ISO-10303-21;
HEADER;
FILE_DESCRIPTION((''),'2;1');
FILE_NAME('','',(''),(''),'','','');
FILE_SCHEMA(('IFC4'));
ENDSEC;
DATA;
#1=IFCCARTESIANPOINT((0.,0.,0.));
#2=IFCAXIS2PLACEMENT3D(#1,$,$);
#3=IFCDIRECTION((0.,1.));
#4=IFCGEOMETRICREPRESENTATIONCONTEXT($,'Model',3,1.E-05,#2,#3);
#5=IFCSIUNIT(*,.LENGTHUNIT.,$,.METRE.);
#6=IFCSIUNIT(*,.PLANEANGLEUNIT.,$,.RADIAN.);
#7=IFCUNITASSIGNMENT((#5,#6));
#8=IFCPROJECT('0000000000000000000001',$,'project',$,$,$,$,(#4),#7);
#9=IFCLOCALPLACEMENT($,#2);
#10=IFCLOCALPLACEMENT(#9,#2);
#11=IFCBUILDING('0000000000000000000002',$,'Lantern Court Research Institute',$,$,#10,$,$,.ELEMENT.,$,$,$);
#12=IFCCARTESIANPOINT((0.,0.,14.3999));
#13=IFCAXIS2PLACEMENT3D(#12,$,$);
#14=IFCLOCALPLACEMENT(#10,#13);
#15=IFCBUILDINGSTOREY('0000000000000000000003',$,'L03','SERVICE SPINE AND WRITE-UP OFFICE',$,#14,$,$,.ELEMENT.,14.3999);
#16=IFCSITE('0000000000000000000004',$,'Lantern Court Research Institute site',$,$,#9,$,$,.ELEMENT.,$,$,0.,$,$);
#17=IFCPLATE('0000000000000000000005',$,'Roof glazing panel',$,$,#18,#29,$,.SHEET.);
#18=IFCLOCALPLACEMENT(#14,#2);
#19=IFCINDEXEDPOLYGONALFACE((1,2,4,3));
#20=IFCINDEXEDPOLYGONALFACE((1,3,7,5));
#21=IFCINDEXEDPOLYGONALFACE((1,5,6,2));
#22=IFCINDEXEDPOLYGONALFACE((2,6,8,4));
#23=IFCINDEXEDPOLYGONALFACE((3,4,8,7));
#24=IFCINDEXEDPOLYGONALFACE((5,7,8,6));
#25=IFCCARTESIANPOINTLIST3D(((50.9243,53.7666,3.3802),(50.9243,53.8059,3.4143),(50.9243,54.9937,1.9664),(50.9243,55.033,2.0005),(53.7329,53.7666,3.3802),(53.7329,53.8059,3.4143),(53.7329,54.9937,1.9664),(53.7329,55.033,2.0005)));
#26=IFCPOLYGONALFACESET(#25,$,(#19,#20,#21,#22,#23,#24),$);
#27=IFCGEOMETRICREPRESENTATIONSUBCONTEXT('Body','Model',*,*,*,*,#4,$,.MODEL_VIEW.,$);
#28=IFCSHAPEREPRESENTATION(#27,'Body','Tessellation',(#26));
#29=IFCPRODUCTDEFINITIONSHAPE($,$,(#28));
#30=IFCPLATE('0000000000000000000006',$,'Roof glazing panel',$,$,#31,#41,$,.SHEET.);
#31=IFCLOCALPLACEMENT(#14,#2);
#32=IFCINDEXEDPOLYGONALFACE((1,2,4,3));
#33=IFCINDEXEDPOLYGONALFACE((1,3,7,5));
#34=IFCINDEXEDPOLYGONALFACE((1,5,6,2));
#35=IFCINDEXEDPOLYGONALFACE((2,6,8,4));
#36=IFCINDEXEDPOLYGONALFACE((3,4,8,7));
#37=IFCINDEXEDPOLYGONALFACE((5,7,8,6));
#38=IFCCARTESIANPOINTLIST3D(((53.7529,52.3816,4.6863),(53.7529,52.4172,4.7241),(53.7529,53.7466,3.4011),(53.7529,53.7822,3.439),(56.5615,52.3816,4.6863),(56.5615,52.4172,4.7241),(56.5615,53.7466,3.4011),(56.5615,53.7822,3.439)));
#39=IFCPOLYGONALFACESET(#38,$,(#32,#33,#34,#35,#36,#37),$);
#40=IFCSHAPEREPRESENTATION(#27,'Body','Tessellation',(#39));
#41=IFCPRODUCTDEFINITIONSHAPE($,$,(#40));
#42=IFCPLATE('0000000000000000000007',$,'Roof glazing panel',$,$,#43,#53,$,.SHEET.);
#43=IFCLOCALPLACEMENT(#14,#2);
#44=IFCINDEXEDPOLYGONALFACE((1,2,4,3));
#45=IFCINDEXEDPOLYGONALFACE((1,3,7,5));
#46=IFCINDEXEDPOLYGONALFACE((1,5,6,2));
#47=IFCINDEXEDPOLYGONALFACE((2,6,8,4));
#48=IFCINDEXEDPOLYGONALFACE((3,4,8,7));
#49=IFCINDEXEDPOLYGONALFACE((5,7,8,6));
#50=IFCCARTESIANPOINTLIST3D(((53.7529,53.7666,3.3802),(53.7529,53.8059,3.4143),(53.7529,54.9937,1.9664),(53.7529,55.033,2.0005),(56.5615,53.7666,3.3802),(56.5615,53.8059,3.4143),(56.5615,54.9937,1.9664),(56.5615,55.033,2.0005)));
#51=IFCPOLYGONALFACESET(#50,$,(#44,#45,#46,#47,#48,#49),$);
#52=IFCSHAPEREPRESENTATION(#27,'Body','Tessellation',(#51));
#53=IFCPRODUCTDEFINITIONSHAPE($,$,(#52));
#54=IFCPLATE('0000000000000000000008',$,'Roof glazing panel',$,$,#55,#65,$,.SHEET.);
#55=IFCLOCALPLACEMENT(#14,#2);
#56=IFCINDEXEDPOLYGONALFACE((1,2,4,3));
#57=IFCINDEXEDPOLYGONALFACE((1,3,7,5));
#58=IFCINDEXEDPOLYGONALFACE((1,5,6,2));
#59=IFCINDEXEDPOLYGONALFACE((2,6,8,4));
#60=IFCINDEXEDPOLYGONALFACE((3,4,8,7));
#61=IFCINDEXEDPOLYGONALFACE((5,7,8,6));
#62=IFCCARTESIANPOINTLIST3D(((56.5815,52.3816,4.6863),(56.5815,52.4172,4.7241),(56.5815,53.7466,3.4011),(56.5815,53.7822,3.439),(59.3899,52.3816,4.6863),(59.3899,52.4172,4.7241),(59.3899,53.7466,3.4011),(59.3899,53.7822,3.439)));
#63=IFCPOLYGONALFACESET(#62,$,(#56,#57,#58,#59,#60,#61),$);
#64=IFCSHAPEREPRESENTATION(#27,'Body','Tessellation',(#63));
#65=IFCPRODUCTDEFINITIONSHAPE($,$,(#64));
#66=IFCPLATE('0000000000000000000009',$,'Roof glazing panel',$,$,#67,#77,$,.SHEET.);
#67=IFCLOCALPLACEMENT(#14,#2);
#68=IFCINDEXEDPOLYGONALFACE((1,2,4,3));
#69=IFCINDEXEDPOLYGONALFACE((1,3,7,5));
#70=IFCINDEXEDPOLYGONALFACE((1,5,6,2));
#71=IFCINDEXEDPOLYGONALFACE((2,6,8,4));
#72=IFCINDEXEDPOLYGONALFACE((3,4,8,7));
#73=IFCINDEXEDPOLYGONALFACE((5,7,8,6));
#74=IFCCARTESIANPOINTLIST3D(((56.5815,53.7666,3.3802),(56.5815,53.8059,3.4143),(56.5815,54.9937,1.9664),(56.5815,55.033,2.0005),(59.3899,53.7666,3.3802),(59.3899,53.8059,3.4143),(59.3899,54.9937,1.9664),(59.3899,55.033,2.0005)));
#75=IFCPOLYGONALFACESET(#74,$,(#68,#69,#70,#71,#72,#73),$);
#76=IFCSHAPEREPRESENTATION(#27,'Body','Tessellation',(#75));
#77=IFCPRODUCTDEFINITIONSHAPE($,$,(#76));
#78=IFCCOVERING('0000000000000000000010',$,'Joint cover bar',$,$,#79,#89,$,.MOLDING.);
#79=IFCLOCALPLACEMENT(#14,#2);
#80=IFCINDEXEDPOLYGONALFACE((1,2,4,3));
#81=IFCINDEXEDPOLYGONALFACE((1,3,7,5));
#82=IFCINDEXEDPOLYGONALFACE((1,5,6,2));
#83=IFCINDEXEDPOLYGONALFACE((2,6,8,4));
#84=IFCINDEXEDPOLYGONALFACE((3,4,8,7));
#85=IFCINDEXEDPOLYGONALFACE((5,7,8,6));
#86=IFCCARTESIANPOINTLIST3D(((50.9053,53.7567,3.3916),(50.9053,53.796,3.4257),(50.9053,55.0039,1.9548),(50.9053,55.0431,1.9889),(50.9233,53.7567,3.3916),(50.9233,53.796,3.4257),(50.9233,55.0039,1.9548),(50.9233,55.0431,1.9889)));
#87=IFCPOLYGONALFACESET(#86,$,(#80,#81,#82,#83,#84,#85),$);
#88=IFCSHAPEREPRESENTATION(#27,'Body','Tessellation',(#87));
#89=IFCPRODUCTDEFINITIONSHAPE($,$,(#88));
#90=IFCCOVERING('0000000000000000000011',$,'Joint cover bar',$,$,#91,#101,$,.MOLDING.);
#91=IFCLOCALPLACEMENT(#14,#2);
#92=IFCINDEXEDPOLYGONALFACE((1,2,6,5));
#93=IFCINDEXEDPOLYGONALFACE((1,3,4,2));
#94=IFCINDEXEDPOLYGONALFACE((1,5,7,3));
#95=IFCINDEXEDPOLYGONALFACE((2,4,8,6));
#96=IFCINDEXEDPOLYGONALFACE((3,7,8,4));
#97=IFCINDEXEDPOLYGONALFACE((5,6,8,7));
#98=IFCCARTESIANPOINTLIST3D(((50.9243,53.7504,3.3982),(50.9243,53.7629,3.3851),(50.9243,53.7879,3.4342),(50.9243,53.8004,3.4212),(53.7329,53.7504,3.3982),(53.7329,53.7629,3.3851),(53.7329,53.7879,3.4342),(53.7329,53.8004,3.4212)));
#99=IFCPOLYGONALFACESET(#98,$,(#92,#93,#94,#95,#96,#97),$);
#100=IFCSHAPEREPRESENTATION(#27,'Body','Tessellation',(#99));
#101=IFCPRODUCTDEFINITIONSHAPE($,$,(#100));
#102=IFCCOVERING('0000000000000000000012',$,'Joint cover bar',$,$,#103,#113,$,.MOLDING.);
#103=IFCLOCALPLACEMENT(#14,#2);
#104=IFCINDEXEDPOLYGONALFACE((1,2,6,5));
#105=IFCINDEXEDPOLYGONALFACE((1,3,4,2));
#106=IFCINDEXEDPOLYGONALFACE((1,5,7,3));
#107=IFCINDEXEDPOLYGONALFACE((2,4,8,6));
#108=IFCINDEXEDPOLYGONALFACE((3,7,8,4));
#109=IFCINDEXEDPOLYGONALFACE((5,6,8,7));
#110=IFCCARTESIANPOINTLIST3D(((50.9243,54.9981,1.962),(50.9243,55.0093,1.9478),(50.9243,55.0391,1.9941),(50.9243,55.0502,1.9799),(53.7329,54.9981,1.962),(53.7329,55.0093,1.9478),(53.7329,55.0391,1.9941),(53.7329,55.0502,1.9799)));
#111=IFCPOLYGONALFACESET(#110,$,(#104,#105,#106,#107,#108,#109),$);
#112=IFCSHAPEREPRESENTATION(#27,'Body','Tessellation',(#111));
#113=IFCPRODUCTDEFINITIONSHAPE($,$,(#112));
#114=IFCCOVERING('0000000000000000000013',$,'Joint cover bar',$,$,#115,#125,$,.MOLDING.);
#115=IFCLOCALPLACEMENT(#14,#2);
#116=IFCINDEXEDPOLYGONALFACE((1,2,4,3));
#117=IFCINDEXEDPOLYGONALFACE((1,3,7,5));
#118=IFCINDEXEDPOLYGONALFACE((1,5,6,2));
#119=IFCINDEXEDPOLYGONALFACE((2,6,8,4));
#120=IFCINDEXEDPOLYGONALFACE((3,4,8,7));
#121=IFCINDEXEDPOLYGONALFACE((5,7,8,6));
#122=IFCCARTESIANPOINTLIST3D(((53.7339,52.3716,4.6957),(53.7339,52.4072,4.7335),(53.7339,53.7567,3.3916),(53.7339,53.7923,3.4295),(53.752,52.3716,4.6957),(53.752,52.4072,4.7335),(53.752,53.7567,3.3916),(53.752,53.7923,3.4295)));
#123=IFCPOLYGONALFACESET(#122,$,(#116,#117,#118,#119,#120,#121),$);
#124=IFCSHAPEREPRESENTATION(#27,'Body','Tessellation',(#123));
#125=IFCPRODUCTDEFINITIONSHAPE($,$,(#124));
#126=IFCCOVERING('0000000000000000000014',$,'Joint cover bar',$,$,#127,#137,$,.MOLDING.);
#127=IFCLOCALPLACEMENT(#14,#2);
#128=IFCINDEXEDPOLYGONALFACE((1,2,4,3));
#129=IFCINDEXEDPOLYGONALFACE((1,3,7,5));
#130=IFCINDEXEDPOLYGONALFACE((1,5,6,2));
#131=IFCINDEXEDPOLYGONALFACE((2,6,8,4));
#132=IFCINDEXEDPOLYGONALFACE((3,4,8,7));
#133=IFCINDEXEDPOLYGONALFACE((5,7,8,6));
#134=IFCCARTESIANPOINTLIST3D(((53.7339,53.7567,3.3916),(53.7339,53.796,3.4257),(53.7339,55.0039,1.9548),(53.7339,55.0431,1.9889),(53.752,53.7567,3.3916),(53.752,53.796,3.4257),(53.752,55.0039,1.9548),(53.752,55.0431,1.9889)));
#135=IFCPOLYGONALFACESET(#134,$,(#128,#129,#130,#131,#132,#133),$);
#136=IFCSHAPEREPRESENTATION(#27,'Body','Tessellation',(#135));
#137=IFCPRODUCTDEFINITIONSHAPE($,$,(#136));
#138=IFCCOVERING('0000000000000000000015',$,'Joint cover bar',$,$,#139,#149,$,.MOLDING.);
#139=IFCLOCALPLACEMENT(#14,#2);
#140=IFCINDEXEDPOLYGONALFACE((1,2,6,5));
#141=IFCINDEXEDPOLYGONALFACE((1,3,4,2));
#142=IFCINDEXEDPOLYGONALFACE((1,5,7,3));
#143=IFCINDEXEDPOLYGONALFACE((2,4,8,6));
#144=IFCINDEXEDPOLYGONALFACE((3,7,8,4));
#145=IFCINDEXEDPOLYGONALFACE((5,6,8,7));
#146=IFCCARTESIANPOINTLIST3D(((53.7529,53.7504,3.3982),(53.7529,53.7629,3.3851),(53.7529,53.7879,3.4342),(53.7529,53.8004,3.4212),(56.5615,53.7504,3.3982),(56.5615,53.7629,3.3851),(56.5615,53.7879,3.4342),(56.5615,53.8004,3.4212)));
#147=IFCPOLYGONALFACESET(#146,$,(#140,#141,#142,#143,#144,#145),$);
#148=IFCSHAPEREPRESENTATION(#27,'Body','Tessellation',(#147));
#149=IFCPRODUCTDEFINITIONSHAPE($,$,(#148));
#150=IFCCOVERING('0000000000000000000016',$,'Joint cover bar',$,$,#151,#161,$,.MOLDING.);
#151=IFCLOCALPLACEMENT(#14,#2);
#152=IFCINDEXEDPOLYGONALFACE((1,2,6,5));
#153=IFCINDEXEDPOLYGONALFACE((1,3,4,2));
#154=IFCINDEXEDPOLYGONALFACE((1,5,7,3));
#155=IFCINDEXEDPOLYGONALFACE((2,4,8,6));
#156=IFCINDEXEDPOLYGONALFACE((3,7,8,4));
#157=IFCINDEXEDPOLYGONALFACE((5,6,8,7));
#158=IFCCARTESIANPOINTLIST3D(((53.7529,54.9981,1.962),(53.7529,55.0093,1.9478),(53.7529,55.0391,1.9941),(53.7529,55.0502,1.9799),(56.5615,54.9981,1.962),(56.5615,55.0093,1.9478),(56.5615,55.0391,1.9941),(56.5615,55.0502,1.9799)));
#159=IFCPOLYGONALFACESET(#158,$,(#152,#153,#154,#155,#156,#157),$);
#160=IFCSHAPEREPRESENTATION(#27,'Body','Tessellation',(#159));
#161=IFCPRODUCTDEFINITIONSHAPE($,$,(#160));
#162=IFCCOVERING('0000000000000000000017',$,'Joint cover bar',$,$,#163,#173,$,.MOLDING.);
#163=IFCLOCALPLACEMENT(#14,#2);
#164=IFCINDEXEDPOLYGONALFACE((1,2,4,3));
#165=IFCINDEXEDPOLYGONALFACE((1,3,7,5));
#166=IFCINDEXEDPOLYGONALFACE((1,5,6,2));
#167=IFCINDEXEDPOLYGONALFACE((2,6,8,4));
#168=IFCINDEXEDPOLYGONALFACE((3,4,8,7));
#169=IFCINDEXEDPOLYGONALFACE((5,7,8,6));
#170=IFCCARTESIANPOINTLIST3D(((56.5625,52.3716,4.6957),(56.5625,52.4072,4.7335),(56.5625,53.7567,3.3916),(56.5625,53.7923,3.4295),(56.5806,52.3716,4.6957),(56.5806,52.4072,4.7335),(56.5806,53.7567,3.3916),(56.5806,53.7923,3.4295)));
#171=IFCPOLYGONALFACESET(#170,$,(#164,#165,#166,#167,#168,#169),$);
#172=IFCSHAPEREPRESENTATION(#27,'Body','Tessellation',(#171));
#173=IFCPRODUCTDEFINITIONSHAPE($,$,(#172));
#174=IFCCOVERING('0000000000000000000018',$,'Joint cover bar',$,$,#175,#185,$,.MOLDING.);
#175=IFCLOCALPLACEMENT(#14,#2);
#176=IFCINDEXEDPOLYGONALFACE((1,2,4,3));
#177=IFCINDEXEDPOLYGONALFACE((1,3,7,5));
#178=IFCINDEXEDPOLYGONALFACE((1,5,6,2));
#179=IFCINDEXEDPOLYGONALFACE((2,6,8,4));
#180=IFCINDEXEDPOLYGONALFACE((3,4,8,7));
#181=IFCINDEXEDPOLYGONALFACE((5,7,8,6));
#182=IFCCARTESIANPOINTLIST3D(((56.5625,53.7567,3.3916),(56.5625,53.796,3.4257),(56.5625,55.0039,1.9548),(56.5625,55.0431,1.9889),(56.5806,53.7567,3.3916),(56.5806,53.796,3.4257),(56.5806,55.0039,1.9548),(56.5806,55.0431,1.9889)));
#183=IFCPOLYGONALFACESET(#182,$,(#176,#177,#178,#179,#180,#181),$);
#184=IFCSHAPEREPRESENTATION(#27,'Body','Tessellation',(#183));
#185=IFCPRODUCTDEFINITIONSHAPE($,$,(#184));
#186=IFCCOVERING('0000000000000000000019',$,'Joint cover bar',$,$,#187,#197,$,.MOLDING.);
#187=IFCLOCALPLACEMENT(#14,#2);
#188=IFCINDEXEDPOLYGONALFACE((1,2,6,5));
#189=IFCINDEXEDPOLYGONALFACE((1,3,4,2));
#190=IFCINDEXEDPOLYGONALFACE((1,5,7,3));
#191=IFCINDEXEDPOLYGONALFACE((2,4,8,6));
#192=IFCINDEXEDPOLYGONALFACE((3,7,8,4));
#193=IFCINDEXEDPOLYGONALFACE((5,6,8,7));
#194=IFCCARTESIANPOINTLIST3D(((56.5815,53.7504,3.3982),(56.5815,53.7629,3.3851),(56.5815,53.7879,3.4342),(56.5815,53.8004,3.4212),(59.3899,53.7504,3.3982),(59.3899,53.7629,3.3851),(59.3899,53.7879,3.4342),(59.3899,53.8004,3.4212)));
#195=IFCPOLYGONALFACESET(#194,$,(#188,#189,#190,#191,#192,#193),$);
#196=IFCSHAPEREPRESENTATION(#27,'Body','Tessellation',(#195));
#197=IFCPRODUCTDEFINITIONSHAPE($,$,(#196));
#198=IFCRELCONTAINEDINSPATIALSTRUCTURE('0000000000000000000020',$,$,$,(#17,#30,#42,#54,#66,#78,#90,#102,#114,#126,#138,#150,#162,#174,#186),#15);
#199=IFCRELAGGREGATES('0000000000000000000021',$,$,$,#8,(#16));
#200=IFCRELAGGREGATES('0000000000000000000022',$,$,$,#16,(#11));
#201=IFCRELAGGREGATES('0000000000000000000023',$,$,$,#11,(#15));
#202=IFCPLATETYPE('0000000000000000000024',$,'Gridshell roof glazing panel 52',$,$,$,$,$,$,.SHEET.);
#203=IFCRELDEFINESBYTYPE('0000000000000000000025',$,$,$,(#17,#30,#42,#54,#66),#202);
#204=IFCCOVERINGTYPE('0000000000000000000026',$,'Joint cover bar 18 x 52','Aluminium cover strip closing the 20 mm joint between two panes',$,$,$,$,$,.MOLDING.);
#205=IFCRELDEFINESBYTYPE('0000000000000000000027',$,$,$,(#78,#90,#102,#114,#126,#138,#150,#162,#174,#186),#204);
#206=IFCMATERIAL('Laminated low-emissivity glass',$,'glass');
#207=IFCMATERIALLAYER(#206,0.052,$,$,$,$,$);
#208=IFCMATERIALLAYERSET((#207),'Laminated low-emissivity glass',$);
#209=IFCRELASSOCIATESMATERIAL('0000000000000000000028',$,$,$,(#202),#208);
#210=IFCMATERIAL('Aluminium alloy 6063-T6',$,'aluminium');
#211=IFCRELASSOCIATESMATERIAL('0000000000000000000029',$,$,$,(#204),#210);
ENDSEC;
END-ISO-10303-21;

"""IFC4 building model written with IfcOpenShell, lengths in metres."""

from ifc_helpers import new_model, si_unit, direction, frame, origin, origin_2d, place, context, subcontext, project, spatial, polyline, rectangle, outline, extrude, material, layer, layer_set, material_profile, profile_set, type_object, element, save


model = new_model("IFC4")

# Units and contexts
model_context = context("Model", 3, precision=1e-05, world=origin(), true_north=direction((0.0, 1.0)))
body_context = subcontext(model_context, "Body", "Model", "MODEL_VIEW")
ifc_project = project(units=[si_unit("LENGTHUNIT", "METRE"), si_unit("PLANEANGLEUNIT", "RADIAN")], contexts=[model_context])

# Site, building, storey
site_placement = place(None, origin())
site = spatial("IfcSite", under=ifc_project, at=site_placement, Name="Lantern Court Research Institute site", CompositionType="ELEMENT", RefElevation=0.0)
building_placement = place(site_placement, origin())
building = spatial("IfcBuilding", under=site, at=building_placement, Name="Lantern Court Research Institute", CompositionType="ELEMENT")
storey_placement = place(building_placement, frame((0.0, 0.0, 14.3999)))
storey = spatial("IfcBuildingStorey", under=building, at=storey_placement, Name="L03", Description="SERVICE SPINE AND WRITE-UP OFFICE", CompositionType="ELEMENT", Elevation=14.3999)

# Plates
ifc_material_1 = material(Name="Laminated low-emissivity glass", Category="glass")
ifc_layer = layer(ifc_material_1, 0.052)
ifc_layer_set = layer_set([ifc_layer], Name="Laminated low-emissivity glass")
plate_type = type_object("IfcPlateType", Name="Gridshell roof glazing panel 52", PredefinedType="SHEET", material=ifc_layer_set)
plate_1_placement = place(storey_placement, frame((53.7329, 53.8059, 3.4143), z_axis=(0.0, 0.755228, 0.655462), x_axis=(-1.0, 0.0, 0.0)))
element("IfcPlate", 1, at=plate_1_placement, inside=storey, type_object=plate_type, Name="Roof glazing panel", PredefinedType="SHEET", context=body_context, shape_type="SweptSolid", body=[
    extrude(outline(polyline([(0.0, 0.0), (2.8086, 0.0), (2.8086, -1.872), (0.0, -1.872), (0.0, 0.0)])), origin(), (0.0, 0.0, -1.0), 0.052),
])
plate_2_placement = place(storey_placement, frame((56.5615, 52.4172, 4.7241), z_axis=(0.0, 0.685495, 0.728078), x_axis=(-1.0, 0.0, 0.0)))
element("IfcPlate", 2, at=plate_2_placement, inside=storey, type_object=plate_type, Name="Roof glazing panel", PredefinedType="SHEET", context=body_context, shape_type="SweptSolid", body=[
    extrude(outline(polyline([(0.0, 0.0), (2.8086, 0.0), (2.8086, -1.8748), (0.0, -1.8748), (0.0, 0.0)])), origin(), (0.0, 0.0, -1.0), 0.052),
])
plate_3_placement = place(storey_placement, frame((56.5615, 53.8059, 3.4143), z_axis=(0.0, 0.755228, 0.655462), x_axis=(-1.0, 0.0, 0.0)))
element("IfcPlate", 3, at=plate_3_placement, inside=storey, type_object=plate_type, Name="Roof glazing panel", PredefinedType="SHEET", context=body_context, shape_type="SweptSolid", body=[
    extrude(outline(polyline([(0.0, 0.0), (2.8086, 0.0), (2.8086, -1.872), (0.0, -1.872), (0.0, 0.0)])), origin(), (0.0, 0.0, -1.0), 0.052),
])
plate_4_placement = place(storey_placement, frame((59.3899, 52.4172, 4.7241), z_axis=(0.0, 0.685495, 0.728078), x_axis=(-1.0, 0.0, 0.0)))
element("IfcPlate", 4, at=plate_4_placement, inside=storey, type_object=plate_type, Name="Roof glazing panel", PredefinedType="SHEET", context=body_context, shape_type="SweptSolid", body=[
    extrude(outline(polyline([(0.0, 0.0), (2.8083, 0.0), (2.8083, -1.8748), (0.0, -1.8748), (0.0, 0.0)])), origin(), (0.0, 0.0, -1.0), 0.052),
])
plate_5_placement = place(storey_placement, frame((59.3899, 53.8059, 3.4143), z_axis=(0.0, 0.755228, 0.655462), x_axis=(-1.0, 0.0, 0.0)))
element("IfcPlate", 5, at=plate_5_placement, inside=storey, type_object=plate_type, Name="Roof glazing panel", PredefinedType="SHEET", context=body_context, shape_type="SweptSolid", body=[
    extrude(outline(polyline([(0.0, 0.0), (2.8083, 0.0), (2.8083, -1.872), (0.0, -1.872), (0.0, 0.0)])), origin(), (0.0, 0.0, -1.0), 0.052),
])

# Coverings
ifc_material_2 = material(Name="Aluminium alloy 6063-T6", Category="aluminium")
ifc_material_profile_1 = material_profile(ifc_material_2, rectangle(XDim=0.0181, YDim=0.052, at=origin_2d()), Name="Joint cover bar 18 x 52")
ifc_profile_set_1 = profile_set([ifc_material_profile_1], Name="Aluminium alloy 6063-T6")
covering_type = type_object("IfcCoveringType", Name="Joint cover bar 18 x 52", Description="Aluminium cover strip closing the 20 mm joint between two panes", PredefinedType="MOLDING", material=ifc_profile_set_1)
covering_1_placement = place(storey_placement, frame((50.9143, 53.7764, 3.4087), z_axis=(0.0, 0.655492, -0.755202), x_axis=(-1.0, 0.0, 0.0)))
element("IfcCovering", 6, at=covering_1_placement, inside=storey, type_object=covering_type, Name="Joint cover bar", PredefinedType="MOLDING", context=body_context, shape_type="SweptSolid", body=[
    extrude(rectangle(XDim=0.0181, YDim=0.052, at=origin_2d()), origin(), (0.0, 0.0, 1.0), 1.9026),
])
for number, where, z_axis, x_axis, name in (
    (7, (50.9243, 53.7754, 3.4097), (1.0, 0.0, 0.0), (0.0, 0.692674, -0.721251), "Joint cover bar"),
    (8, (50.9243, 55.0242, 1.9709), (1.0, 0.0, 0.0), (0.0, 0.616657, -0.787232), "Joint cover bar"),
):
    element("IfcCovering", number, at=place(storey_placement, frame(where, z_axis=z_axis, x_axis=x_axis)), inside=storey, type_object=covering_type, Name=name, PredefinedType="MOLDING", context=body_context, shape_type="SweptSolid", body=[
        extrude(rectangle(XDim=0.0181, YDim=0.052, at=origin_2d()), origin(), (0.0, 0.0, 1.0), 2.8086),
    ])
covering_2_placement = place(storey_placement, frame((53.7429, 52.3894, 4.7146), z_axis=(0.0, 0.728091, -0.685481), x_axis=(-1.0, 0.0, 0.0)))
element("IfcCovering", 9, at=covering_2_placement, inside=storey, type_object=covering_type, Name="Joint cover bar", PredefinedType="MOLDING", context=body_context, shape_type="SweptSolid", body=[
    extrude(rectangle(XDim=0.0181, YDim=0.052, at=origin_2d()), origin(), (0.0, 0.0, 1.0), 1.9023),
])
covering_3_placement = place(storey_placement, frame((53.7429, 53.7764, 3.4087), z_axis=(0.0, 0.655492, -0.755202), x_axis=(-1.0, 0.0, 0.0)))
element("IfcCovering", 10, at=covering_3_placement, inside=storey, type_object=covering_type, Name="Joint cover bar", PredefinedType="MOLDING", context=body_context, shape_type="SweptSolid", body=[
    extrude(rectangle(XDim=0.0181, YDim=0.052, at=origin_2d()), origin(), (0.0, 0.0, 1.0), 1.9026),
])
for number, where, z_axis, x_axis, name in (
    (11, (53.7529, 53.7754, 3.4097), (1.0, 0.0, 0.0), (0.0, 0.692674, -0.721251), "Joint cover bar"),
    (12, (53.7529, 55.0242, 1.9709), (1.0, 0.0, 0.0), (0.0, 0.616657, -0.787232), "Joint cover bar"),
):
    element("IfcCovering", number, at=place(storey_placement, frame(where, z_axis=z_axis, x_axis=x_axis)), inside=storey, type_object=covering_type, Name=name, PredefinedType="MOLDING", context=body_context, shape_type="SweptSolid", body=[
        extrude(rectangle(XDim=0.0181, YDim=0.052, at=origin_2d()), origin(), (0.0, 0.0, 1.0), 2.8086),
    ])
covering_4_placement = place(storey_placement, frame((56.5715, 52.3894, 4.7146), z_axis=(0.0, 0.728091, -0.685481), x_axis=(-1.0, 0.0, 0.0)))
element("IfcCovering", 13, at=covering_4_placement, inside=storey, type_object=covering_type, Name="Joint cover bar", PredefinedType="MOLDING", context=body_context, shape_type="SweptSolid", body=[
    extrude(rectangle(XDim=0.0181, YDim=0.052, at=origin_2d()), origin(), (0.0, 0.0, 1.0), 1.9023),
])
covering_5_placement = place(storey_placement, frame((56.5715, 53.7764, 3.4087), z_axis=(0.0, 0.655492, -0.755202), x_axis=(-1.0, 0.0, 0.0)))
element("IfcCovering", 14, at=covering_5_placement, inside=storey, type_object=covering_type, Name="Joint cover bar", PredefinedType="MOLDING", context=body_context, shape_type="SweptSolid", body=[
    extrude(rectangle(XDim=0.0181, YDim=0.052, at=origin_2d()), origin(), (0.0, 0.0, 1.0), 1.9026),
])
for number, where, z_axis, x_axis, name in (
    (15, (56.5815, 53.7754, 3.4097), (1.0, 0.0, 0.0), (0.0, 0.692674, -0.721251), "Joint cover bar"),
):
    element("IfcCovering", number, at=place(storey_placement, frame(where, z_axis=z_axis, x_axis=x_axis)), inside=storey, type_object=covering_type, Name=name, PredefinedType="MOLDING", context=body_context, shape_type="SweptSolid", body=[
        extrude(rectangle(XDim=0.0181, YDim=0.052, at=origin_2d()), origin(), (0.0, 0.0, 1.0), 2.8083),
    ])

save(model, "model.ifc")
